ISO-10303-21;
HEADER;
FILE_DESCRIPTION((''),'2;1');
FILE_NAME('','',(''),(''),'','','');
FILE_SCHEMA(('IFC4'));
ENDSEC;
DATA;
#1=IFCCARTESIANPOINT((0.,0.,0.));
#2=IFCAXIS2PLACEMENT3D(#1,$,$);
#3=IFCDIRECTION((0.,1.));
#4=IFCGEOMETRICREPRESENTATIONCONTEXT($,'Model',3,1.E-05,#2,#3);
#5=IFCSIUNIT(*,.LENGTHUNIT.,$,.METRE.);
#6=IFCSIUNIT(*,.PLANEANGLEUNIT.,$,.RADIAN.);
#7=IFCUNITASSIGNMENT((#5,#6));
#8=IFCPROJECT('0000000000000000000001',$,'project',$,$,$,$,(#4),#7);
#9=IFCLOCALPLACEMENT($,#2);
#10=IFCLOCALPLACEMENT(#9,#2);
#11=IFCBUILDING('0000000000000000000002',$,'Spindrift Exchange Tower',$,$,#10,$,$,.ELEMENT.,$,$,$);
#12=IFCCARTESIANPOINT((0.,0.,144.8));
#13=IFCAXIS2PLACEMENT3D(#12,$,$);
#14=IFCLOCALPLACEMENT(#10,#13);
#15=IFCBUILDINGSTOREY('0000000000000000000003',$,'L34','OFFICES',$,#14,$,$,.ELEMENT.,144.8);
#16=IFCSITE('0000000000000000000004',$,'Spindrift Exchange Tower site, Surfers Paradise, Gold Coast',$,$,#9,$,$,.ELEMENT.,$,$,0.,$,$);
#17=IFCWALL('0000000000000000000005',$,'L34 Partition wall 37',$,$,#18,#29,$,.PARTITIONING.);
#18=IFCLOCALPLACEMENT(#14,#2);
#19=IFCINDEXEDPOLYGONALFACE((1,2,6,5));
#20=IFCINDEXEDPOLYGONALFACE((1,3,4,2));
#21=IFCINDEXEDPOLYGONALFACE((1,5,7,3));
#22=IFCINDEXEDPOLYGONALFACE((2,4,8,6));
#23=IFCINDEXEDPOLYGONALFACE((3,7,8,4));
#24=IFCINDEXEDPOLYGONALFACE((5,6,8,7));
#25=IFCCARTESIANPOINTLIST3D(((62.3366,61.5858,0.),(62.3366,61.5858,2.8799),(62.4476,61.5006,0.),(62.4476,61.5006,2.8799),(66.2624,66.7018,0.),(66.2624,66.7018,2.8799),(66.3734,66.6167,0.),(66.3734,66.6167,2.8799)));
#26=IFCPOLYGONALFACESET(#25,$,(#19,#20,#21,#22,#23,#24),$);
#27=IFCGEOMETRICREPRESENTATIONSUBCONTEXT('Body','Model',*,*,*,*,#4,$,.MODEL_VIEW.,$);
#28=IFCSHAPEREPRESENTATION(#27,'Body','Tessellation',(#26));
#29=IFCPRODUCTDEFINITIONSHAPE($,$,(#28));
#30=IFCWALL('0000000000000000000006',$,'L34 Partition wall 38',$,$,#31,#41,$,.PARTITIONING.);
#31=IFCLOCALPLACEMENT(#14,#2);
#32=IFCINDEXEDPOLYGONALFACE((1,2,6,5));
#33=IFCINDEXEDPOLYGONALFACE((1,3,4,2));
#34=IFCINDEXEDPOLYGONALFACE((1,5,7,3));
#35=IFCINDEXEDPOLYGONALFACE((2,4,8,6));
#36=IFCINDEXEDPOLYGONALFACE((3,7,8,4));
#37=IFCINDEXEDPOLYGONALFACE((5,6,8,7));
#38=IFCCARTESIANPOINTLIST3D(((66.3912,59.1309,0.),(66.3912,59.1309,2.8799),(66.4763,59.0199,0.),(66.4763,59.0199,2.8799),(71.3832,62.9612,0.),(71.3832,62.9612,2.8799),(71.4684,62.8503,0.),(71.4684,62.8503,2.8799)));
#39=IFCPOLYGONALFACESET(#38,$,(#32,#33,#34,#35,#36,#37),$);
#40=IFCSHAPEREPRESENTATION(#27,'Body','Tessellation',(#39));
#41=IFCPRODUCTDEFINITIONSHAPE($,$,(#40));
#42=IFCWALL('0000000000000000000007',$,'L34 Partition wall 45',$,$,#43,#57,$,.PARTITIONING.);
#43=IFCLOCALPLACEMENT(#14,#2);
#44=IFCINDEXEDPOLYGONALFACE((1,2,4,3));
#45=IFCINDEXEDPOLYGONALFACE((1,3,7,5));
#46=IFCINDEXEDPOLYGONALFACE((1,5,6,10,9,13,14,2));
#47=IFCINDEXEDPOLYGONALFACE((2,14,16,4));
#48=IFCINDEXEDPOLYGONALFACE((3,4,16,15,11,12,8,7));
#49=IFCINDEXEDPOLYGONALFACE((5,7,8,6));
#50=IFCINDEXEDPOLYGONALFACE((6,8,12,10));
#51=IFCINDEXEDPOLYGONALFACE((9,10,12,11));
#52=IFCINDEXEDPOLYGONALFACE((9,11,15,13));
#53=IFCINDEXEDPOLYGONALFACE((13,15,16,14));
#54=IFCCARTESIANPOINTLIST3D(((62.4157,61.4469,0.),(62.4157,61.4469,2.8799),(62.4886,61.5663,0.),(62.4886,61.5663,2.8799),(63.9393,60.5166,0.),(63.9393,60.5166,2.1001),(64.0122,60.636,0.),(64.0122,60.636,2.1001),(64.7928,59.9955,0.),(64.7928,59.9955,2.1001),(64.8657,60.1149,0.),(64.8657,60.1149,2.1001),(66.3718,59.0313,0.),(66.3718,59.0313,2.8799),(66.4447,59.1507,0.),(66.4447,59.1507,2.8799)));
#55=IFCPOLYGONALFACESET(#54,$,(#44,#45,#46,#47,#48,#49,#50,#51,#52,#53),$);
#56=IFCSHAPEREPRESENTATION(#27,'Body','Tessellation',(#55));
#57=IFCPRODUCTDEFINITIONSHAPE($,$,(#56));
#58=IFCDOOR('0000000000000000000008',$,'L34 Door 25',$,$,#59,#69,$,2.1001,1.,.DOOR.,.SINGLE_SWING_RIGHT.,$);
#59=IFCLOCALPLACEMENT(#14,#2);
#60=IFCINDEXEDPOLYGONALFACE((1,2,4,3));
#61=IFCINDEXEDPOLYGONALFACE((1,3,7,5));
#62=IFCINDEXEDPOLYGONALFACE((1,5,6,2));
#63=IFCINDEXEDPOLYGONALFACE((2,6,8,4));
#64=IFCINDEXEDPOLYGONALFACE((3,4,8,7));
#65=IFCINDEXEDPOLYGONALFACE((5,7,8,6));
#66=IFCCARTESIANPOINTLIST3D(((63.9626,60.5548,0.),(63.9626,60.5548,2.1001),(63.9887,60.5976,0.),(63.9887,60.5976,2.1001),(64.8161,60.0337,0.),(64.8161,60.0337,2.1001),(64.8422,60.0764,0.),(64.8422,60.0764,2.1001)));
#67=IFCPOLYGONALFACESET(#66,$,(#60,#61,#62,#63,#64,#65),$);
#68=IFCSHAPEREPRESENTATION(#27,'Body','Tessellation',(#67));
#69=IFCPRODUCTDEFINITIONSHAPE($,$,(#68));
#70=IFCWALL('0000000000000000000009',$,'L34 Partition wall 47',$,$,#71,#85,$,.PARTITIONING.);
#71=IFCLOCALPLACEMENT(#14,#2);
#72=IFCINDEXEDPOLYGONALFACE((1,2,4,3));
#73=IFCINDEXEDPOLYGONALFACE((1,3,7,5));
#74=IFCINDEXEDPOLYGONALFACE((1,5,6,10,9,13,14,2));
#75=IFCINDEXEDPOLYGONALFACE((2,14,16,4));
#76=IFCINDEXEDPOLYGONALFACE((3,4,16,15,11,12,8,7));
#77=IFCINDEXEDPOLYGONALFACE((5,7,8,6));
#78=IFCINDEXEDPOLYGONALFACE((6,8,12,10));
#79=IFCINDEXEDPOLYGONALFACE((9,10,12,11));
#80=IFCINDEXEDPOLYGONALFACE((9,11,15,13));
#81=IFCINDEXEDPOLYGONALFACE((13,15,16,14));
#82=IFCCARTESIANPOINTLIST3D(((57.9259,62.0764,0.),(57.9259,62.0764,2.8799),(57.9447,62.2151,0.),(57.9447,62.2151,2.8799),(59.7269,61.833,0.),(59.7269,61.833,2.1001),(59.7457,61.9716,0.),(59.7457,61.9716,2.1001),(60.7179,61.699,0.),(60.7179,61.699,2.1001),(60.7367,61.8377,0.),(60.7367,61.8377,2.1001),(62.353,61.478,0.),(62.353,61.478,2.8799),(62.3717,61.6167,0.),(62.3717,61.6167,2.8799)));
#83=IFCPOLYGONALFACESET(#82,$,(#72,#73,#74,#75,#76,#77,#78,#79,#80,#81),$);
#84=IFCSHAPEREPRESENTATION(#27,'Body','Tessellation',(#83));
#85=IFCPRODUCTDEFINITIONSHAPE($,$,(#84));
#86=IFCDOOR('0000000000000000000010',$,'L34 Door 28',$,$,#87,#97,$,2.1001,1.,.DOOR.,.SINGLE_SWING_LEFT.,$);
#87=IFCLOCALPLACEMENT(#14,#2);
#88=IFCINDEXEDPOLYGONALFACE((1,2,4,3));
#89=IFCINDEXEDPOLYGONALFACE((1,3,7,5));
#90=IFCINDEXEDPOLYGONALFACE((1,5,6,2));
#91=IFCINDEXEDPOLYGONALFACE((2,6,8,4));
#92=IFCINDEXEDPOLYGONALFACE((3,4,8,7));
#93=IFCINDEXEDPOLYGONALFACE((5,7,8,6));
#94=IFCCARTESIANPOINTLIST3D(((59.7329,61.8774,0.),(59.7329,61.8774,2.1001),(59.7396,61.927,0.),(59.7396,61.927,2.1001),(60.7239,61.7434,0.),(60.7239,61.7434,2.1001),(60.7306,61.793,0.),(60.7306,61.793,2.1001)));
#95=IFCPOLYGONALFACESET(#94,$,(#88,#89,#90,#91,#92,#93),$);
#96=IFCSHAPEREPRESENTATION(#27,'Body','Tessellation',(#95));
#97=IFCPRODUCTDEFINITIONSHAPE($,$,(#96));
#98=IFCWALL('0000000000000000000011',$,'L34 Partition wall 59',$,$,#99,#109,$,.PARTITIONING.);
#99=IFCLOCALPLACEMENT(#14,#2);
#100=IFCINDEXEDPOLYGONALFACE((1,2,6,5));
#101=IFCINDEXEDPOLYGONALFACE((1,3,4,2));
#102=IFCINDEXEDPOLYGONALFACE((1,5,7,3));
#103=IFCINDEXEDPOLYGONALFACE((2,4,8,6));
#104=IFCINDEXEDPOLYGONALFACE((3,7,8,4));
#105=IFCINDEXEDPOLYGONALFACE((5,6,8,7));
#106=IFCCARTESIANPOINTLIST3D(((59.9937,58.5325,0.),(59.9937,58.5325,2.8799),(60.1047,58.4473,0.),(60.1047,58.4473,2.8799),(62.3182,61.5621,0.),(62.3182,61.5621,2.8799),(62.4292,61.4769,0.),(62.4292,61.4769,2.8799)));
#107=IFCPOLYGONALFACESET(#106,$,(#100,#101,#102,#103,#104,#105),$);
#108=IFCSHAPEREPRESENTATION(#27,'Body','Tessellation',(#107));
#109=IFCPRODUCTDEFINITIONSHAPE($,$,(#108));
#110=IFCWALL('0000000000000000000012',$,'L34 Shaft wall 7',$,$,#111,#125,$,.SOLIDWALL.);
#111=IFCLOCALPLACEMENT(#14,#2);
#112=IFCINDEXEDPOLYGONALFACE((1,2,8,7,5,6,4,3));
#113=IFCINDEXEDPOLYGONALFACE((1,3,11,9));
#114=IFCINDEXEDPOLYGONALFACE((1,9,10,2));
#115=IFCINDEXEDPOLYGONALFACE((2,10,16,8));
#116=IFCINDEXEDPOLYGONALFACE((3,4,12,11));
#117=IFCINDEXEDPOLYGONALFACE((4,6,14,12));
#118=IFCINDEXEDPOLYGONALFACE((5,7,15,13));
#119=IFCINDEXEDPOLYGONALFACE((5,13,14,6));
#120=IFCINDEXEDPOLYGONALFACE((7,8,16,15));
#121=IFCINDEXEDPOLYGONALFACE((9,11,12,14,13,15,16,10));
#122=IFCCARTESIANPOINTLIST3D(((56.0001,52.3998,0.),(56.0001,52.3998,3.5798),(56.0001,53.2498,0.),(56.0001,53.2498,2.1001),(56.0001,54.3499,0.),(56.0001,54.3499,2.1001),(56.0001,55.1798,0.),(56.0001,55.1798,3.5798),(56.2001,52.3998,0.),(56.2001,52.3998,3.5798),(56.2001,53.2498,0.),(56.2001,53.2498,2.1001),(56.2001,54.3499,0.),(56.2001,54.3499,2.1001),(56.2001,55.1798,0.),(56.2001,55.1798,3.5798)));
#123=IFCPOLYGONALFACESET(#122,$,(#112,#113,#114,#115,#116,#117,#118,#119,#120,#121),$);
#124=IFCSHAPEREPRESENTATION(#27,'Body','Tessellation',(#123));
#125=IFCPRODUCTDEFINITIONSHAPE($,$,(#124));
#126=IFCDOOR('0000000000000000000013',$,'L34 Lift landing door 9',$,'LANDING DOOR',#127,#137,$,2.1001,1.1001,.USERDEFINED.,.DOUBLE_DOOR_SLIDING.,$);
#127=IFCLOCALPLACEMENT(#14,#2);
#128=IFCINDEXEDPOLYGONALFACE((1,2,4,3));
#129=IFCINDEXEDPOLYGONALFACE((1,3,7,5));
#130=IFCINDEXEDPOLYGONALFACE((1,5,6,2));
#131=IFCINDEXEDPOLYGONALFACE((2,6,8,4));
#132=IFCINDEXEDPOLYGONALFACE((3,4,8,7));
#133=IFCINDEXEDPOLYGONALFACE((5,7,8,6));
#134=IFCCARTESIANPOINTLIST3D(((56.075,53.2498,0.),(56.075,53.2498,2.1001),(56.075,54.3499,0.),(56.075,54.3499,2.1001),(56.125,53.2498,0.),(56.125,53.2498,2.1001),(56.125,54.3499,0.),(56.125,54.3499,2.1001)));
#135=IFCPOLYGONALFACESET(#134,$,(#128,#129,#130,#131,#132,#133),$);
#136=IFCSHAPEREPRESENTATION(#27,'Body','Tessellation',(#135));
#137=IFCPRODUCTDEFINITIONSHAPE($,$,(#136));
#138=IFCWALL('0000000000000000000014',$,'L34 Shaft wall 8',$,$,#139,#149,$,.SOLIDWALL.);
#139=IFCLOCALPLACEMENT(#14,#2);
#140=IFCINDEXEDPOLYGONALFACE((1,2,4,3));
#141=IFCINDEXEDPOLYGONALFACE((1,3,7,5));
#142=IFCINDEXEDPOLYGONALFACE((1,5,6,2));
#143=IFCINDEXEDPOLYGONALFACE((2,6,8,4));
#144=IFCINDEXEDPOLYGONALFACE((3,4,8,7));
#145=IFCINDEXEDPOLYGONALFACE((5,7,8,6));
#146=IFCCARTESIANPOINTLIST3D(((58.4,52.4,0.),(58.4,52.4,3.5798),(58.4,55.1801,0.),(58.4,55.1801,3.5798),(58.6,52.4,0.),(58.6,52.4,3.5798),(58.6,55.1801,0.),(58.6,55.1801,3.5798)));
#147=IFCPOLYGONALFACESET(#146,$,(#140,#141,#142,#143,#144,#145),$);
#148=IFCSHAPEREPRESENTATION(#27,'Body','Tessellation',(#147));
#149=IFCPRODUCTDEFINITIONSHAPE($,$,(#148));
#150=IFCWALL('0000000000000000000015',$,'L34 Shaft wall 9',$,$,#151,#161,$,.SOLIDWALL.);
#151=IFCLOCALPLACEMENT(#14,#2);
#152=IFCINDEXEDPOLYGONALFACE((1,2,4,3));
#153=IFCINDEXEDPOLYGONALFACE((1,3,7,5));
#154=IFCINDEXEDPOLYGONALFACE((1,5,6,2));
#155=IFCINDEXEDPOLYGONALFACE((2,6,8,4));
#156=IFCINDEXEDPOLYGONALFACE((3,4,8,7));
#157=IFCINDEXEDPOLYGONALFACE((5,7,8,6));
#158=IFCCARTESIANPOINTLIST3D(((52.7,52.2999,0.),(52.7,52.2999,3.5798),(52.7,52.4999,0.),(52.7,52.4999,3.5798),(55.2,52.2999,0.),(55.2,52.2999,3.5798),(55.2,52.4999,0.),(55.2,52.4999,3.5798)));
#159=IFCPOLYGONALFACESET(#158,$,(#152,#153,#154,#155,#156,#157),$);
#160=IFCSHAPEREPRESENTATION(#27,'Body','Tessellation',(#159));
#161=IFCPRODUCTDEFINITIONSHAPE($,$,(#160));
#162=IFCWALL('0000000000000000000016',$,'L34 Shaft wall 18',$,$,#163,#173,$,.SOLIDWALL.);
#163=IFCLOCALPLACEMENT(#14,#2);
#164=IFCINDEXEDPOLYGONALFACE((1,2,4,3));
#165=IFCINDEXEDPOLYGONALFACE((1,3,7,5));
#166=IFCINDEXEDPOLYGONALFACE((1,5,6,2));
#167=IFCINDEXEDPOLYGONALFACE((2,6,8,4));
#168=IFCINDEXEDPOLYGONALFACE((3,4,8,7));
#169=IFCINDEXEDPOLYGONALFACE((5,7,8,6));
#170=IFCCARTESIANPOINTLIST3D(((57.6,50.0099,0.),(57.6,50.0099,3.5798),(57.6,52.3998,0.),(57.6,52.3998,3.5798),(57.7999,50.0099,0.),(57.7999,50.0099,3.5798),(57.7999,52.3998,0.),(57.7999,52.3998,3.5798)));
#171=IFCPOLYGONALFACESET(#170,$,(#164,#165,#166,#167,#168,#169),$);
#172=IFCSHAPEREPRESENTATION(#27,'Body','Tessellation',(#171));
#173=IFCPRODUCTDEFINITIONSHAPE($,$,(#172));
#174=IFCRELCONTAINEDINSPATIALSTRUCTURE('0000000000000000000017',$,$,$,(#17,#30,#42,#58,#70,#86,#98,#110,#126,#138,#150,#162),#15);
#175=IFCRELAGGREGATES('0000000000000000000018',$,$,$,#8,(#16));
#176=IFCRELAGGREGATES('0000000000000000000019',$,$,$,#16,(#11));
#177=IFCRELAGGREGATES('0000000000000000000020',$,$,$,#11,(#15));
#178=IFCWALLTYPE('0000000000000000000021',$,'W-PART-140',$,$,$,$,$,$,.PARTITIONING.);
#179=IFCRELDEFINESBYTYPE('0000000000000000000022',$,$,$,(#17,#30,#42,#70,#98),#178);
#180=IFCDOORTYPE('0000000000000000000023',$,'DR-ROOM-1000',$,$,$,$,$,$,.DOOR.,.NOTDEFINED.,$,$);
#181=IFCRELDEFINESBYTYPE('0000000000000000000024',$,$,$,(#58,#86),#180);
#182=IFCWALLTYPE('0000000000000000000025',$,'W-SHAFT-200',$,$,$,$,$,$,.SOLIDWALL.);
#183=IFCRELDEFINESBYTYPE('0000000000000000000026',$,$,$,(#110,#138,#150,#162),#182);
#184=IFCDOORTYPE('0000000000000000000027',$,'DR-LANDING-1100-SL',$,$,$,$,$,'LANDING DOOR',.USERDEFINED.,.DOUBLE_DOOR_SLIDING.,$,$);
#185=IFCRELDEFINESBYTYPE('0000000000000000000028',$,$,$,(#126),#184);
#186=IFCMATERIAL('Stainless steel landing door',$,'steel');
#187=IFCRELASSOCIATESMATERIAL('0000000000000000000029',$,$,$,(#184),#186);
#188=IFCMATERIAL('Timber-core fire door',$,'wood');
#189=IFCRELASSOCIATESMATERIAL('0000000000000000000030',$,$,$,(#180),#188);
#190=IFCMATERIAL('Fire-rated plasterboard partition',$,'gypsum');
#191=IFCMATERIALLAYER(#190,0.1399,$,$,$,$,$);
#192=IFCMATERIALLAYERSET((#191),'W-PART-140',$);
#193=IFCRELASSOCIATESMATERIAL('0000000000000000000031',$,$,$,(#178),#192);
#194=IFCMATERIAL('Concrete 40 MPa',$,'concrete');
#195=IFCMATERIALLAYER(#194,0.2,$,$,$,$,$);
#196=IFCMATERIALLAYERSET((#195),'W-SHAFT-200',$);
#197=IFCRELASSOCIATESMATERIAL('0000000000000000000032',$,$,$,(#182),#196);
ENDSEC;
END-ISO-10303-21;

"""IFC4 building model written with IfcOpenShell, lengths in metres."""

from ifc_helpers import new_model, si_unit, direction, frame, frame_2d, origin, place, context, subcontext, project, spatial, rectangle, extrude, source, transform, mapped, material, layer, layer_set, type_object, element, fill, save


model = new_model("IFC4")

# Units and contexts
model_context = context("Model", 3, precision=1e-05, world=origin(), true_north=direction((0.0, 1.0)))
body_context = subcontext(model_context, "Body", "Model", "MODEL_VIEW")
ifc_project = project(units=[si_unit("LENGTHUNIT", "METRE"), si_unit("PLANEANGLEUNIT", "RADIAN")], contexts=[model_context])

# Site, building, storey
site_placement = place(None, origin())
site = spatial("IfcSite", under=ifc_project, at=site_placement, Name="Spindrift Exchange Tower site, Surfers Paradise, Gold Coast", CompositionType="ELEMENT", RefElevation=0.0)
building_placement = place(site_placement, origin())
building = spatial("IfcBuilding", under=site, at=building_placement, Name="Spindrift Exchange Tower", CompositionType="ELEMENT")
storey_placement = place(building_placement, frame((0.0, 0.0, 144.8)))
storey = spatial("IfcBuildingStorey", under=building, at=storey_placement, Name="L34", Description="OFFICES", CompositionType="ELEMENT", Elevation=144.8)

# Shared definitions
ifc_material_1 = material(Name="Stainless steel landing door", Category="steel")
door_type_1 = type_object("IfcDoorType", Name="DR-LANDING-1100-SL", ElementType="LANDING DOOR", OperationType="DOUBLE_DOOR_SLIDING", PredefinedType="USERDEFINED", material=ifc_material_1)
shared_shape_1 = source(origin(), body_context, "Body", "SweptSolid", [
    extrude(rectangle(XDim=1.1001, YDim=2.1001, at=frame_2d((0.55, 1.05))), frame((0.0, 0.0249, 0.0), z_axis=(0.0, -1.0, 0.0), x_axis=(1.0, 0.0, 0.0)), (0.0, 0.0, 1.0), 0.05),
])
ifc_material_2 = material(Name="Timber-core fire door", Category="wood")
ifc_material_3 = material(Name="Fire-rated plasterboard partition", Category="gypsum")
door_type_2 = type_object("IfcDoorType", Name="DR-ROOM-1000", OperationType="NOTDEFINED", PredefinedType="DOOR", material=ifc_material_2)
shared_shape_2 = source(origin(), body_context, "Body", "SweptSolid", [
    extrude(rectangle(XDim=1.0, YDim=2.1001, at=frame_2d((0.5, 1.05))), frame((0.0, 0.0249, 0.0), z_axis=(0.0, -1.0, 0.0), x_axis=(1.0, 0.0, 0.0)), (0.0, 0.0, 1.0), 0.05),
])

# Walls
ifc_layer_1 = layer(ifc_material_3, 0.1399)
ifc_layer_set_1 = layer_set([ifc_layer_1], Name="W-PART-140")
wall_type_1 = type_object("IfcWallType", Name="W-PART-140", PredefinedType="PARTITIONING", material=ifc_layer_set_1)
wall_1_placement = place(storey_placement, frame((62.3921, 61.5432, 0.0), z_axis=(0.0, 0.0, 1.0), x_axis=(0.608777, 0.793341, 0.0)))
element("IfcWall", 1, at=wall_1_placement, inside=storey, type_object=wall_type_1, Name="L34 Partition wall 37", PredefinedType="PARTITIONING", context=body_context, shape_type="SweptSolid", body=[
    extrude(rectangle(XDim=6.4487, YDim=0.1399, at=frame_2d((3.2244, 0.0))), origin(), (0.0, 0.0, 1.0), 2.8799),
])
wall_2_placement = place(storey_placement, frame((66.4338, 59.0754, 0.0), z_axis=(0.0, 0.0, 1.0), x_axis=(0.793363, 0.608748, 0.0)))
element("IfcWall", 2, at=wall_2_placement, inside=storey, type_object=wall_type_1, Name="L34 Partition wall 38", PredefinedType="PARTITIONING", context=body_context, shape_type="SweptSolid", body=[
    extrude(rectangle(XDim=6.2922, YDim=0.1399, at=frame_2d((3.146, 0.0))), origin(), (0.0, 0.0, 1.0), 2.8799),
])

# Walls, openings, doors
wall_3_placement = place(storey_placement, frame((62.4521, 61.5066, 0.0), z_axis=(0.0, 0.0, 1.0), x_axis=(0.85348, -0.521126, 0.0)))
wall_3 = element("IfcWall", 3, at=wall_3_placement, inside=storey, type_object=wall_type_1, Name="L34 Partition wall 45", PredefinedType="PARTITIONING", context=body_context, shape_type="SweptSolid", body=[
    extrude(rectangle(XDim=4.6353, YDim=0.1399, at=frame_2d((2.3176, 0.0))), origin(), (0.0, 0.0, 1.0), 2.8799),
])
opening_1_placement = place(wall_3_placement, frame((1.7852, 0.0, 0.0)))
opening_1 = element("IfcOpeningElement", 4, at=opening_1_placement, cuts=wall_3, PredefinedType="OPENING", context=body_context, shape_type="SweptSolid", body=[
    extrude(rectangle(XDim=1.0, YDim=2.1001, at=frame_2d((0.5, 1.05))), frame((0.0, 0.0798, 0.0), z_axis=(0.0, -1.0, 0.0), x_axis=(1.0, 0.0, 0.0)), (0.0, 0.0, 1.0), 0.1599),
])
door_1_placement = place(opening_1_placement, origin())
door_1 = element("IfcDoor", 5, at=door_1_placement, inside=storey, type_object=door_type_2, Name="L34 Door 25", OperationType="SINGLE_SWING_RIGHT", OverallHeight=2.1001, OverallWidth=1.0, PredefinedType="DOOR", context=body_context, shape_type="MappedRepresentation", body=[
    mapped(shared_shape_2, transform((0.0, 0.0, 0.0), scale=1.0)),
])
fill(opening_1, door_1)
wall_4_placement = place(storey_placement, frame((57.9353, 62.1458, 0.0), z_axis=(0.0, 0.0, 1.0), x_axis=(0.990988, -0.13395, 0.0)))
wall_4 = element("IfcWall", 6, at=wall_4_placement, inside=storey, type_object=wall_type_1, Name="L34 Partition wall 47", PredefinedType="PARTITIONING", context=body_context, shape_type="SweptSolid", body=[
    extrude(rectangle(XDim=4.4673, YDim=0.1399, at=frame_2d((2.2336, 0.0))), origin(), (0.0, 0.0, 1.0), 2.8799),
])
opening_2_placement = place(wall_4_placement, frame((1.8174, 0.0, 0.0)))
opening_2 = element("IfcOpeningElement", 7, at=opening_2_placement, cuts=wall_4, PredefinedType="OPENING", context=body_context, shape_type="SweptSolid", body=[
    extrude(rectangle(XDim=1.0, YDim=2.1001, at=frame_2d((0.5, 1.05))), frame((0.0, 0.0798, 0.0), z_axis=(0.0, -1.0, 0.0), x_axis=(1.0, 0.0, 0.0)), (0.0, 0.0, 1.0), 0.1599),
])
door_2_placement = place(opening_2_placement, origin())
door_2 = element("IfcDoor", 8, at=door_2_placement, inside=storey, type_object=door_type_2, Name="L34 Door 28", OperationType="SINGLE_SWING_LEFT", OverallHeight=2.1001, OverallWidth=1.0, PredefinedType="DOOR", context=body_context, shape_type="MappedRepresentation", body=[
    mapped(shared_shape_2, transform((0.0, 0.0, 0.0), scale=1.0)),
])
fill(opening_2, door_2)

# Wall
wall_5_placement = place(storey_placement, frame((60.0493, 58.49, 0.0), z_axis=(0.0, 0.0, 1.0), x_axis=(0.608731, 0.793377, 0.0)))
element("IfcWall", 9, at=wall_5_placement, inside=storey, type_object=wall_type_1, Name="L34 Partition wall 59", PredefinedType="PARTITIONING", context=body_context, shape_type="SweptSolid", body=[
    extrude(rectangle(XDim=3.8186, YDim=0.1399, at=frame_2d((1.9092, 0.0))), origin(), (0.0, 0.0, 1.0), 2.8799),
])

# Wall, opening, door
ifc_material_4 = material(Name="Concrete 40 MPa", Category="concrete")
ifc_layer_2 = layer(ifc_material_4, 0.2)
ifc_layer_set_2 = layer_set([ifc_layer_2], Name="W-SHAFT-200")
wall_type_2 = type_object("IfcWallType", Name="W-SHAFT-200", PredefinedType="SOLIDWALL", material=ifc_layer_set_2)
wall_6_placement = place(storey_placement, frame((56.1001, 55.1799, 0.0), z_axis=(0.0, 0.0, 1.0), x_axis=(0.0, -1.0, 0.0)))
wall_6 = element("IfcWall", 10, at=wall_6_placement, inside=storey, type_object=wall_type_2, Name="L34 Shaft wall 7", PredefinedType="SOLIDWALL", context=body_context, shape_type="SweptSolid", body=[
    extrude(rectangle(XDim=2.78, YDim=0.2, at=frame_2d((1.3901, 0.0))), origin(), (0.0, 0.0, 1.0), 3.5798),
])
opening_3_placement = place(wall_6_placement, frame((0.8301, 0.0, 0.0)))
opening_3 = element("IfcOpeningElement", 11, at=opening_3_placement, cuts=wall_6, PredefinedType="OPENING", context=body_context, shape_type="SweptSolid", body=[
    extrude(rectangle(XDim=1.1001, YDim=2.1001, at=frame_2d((0.55, 1.05))), frame((0.0, 0.1099, 0.0), z_axis=(0.0, -1.0, 0.0), x_axis=(1.0, 0.0, 0.0)), (0.0, 0.0, 1.0), 0.22),
])
door_3_placement = place(opening_3_placement, origin())
door_3 = element("IfcDoor", 12, at=door_3_placement, inside=storey, type_object=door_type_1, Name="L34 Lift landing door 9", ObjectType="LANDING DOOR", OperationType="DOUBLE_DOOR_SLIDING", OverallHeight=2.1001, OverallWidth=1.1001, PredefinedType="USERDEFINED", context=body_context, shape_type="MappedRepresentation", body=[
    mapped(shared_shape_1, transform((0.0, 0.0, 0.0), scale=1.0)),
])
fill(opening_3, door_3)

# Walls
wall_7_placement = place(storey_placement, frame((58.5, 52.3999, 0.0), z_axis=(0.0, 0.0, 1.0), x_axis=(0.0, 1.0, 0.0)))
element("IfcWall", 13, at=wall_7_placement, inside=storey, type_object=wall_type_2, Name="L34 Shaft wall 8", PredefinedType="SOLIDWALL", context=body_context, shape_type="SweptSolid", body=[
    extrude(rectangle(XDim=2.78, YDim=0.2, at=frame_2d((1.3901, 0.0))), origin(), (0.0, 0.0, 1.0), 3.5798),
])
wall_8_placement = place(storey_placement, frame((55.2, 52.3999, 0.0), z_axis=(0.0, 0.0, 1.0), x_axis=(-1.0, 0.0, 0.0)))
element("IfcWall", 14, at=wall_8_placement, inside=storey, type_object=wall_type_2, Name="L34 Shaft wall 9", PredefinedType="SOLIDWALL", context=body_context, shape_type="SweptSolid", body=[
    extrude(rectangle(XDim=2.5, YDim=0.2, at=frame_2d((1.25, 0.0))), origin(), (0.0, 0.0, 1.0), 3.5798),
])
wall_9_placement = place(storey_placement, frame((57.7, 50.01, 0.0), z_axis=(0.0, 0.0, 1.0), x_axis=(0.0, 1.0, 0.0)))
element("IfcWall", 15, at=wall_9_placement, inside=storey, type_object=wall_type_2, Name="L34 Shaft wall 18", PredefinedType="SOLIDWALL", context=body_context, shape_type="SweptSolid", body=[
    extrude(rectangle(XDim=2.3899, YDim=0.2, at=frame_2d((1.1948, 0.0))), origin(), (0.0, 0.0, 1.0), 3.5798),
])

save(model, "model.ifc")
